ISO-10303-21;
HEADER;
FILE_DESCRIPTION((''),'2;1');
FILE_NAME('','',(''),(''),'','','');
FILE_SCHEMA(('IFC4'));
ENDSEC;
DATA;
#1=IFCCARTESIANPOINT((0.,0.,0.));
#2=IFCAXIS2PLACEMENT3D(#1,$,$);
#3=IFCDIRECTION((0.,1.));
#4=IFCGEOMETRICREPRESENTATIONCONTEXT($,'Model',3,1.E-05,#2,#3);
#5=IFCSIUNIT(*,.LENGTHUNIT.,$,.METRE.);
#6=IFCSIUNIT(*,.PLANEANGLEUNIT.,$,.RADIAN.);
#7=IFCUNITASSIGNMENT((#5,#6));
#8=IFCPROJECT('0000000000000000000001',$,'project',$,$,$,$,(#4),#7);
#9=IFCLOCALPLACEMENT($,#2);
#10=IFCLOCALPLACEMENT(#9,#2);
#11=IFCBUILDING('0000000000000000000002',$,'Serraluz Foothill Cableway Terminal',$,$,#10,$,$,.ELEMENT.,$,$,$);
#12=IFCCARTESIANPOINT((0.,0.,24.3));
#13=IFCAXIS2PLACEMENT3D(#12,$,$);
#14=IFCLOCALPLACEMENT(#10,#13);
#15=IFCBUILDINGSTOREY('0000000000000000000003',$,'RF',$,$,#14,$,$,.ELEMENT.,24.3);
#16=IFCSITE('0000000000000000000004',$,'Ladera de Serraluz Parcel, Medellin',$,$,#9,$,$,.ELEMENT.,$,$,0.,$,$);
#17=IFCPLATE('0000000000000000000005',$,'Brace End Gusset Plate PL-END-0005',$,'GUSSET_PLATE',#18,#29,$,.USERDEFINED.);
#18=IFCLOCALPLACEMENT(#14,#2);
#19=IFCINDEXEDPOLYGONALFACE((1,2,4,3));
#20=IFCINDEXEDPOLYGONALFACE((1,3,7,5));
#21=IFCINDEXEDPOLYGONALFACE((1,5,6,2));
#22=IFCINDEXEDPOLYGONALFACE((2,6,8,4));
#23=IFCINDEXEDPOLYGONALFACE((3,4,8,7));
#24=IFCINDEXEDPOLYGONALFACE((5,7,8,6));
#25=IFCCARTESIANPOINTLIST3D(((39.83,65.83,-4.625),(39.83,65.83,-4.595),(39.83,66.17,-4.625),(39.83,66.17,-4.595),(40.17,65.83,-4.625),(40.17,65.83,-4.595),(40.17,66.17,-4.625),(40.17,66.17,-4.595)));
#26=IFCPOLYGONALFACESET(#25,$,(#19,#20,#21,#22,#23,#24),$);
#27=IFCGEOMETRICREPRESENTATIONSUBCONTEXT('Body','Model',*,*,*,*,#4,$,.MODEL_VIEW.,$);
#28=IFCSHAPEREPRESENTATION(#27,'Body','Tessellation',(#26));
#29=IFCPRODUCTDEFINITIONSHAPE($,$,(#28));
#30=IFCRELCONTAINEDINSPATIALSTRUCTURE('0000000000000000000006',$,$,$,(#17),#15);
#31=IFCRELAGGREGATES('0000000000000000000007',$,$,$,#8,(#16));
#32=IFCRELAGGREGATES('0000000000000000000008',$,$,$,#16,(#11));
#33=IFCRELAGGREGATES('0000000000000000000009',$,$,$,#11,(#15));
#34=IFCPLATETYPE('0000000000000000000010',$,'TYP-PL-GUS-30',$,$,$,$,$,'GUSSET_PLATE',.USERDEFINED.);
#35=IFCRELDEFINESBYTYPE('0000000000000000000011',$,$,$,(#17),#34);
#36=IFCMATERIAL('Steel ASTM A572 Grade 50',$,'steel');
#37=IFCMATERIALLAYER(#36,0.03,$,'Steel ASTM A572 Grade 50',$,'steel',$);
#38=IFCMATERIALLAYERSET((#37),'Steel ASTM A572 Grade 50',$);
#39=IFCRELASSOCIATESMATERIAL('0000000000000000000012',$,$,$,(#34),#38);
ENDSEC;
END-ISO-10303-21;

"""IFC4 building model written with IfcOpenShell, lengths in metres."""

from ifc_helpers import new_model, si_unit, direction, frame, origin, origin_2d, place, context, subcontext, project, spatial, rectangle, extrude, material, layer, layer_set, type_object, element, save


model = new_model("IFC4")

# Units and contexts
model_context = context("Model", 3, precision=1e-05, world=origin(), true_north=direction((0.0, 1.0)))
body_context = subcontext(model_context, "Body", "Model", "MODEL_VIEW")
ifc_project = project(units=[si_unit("LENGTHUNIT", "METRE"), si_unit("PLANEANGLEUNIT", "RADIAN")], contexts=[model_context])

# Site, building, storey
site_placement = place(None, origin())
site = spatial("IfcSite", under=ifc_project, at=site_placement, Name="Ladera de Serraluz Parcel, Medellin", CompositionType="ELEMENT", RefElevation=0.0)
building_placement = place(site_placement, origin())
building = spatial("IfcBuilding", under=site, at=building_placement, Name="Serraluz Foothill Cableway Terminal", CompositionType="ELEMENT")
storey_placement = place(building_placement, frame((0.0, 0.0, 24.3)))
storey = spatial("IfcBuildingStorey", under=building, at=storey_placement, Name="RF", CompositionType="ELEMENT", Elevation=24.3)

# Shared definitions
ifc_material_1 = material(Name="Steel ASTM A572 Grade 50", Category="steel")

# Plate
ifc_layer_1 = layer(ifc_material_1, 0.03, Name="Steel ASTM A572 Grade 50", Category="steel")
ifc_layer_set_1 = layer_set([ifc_layer_1], Name="Steel ASTM A572 Grade 50")
plate_type_1 = type_object("IfcPlateType", Name="TYP-PL-GUS-30", ElementType="GUSSET_PLATE", PredefinedType="USERDEFINED", material=ifc_layer_set_1)
plate_placement = place(storey_placement, frame((40.0, 66.0, -4.625), z_axis=(0.0, 0.0, 1.0), x_axis=(1.0, 0.0, 0.0)))
element("IfcPlate", 1, at=plate_placement, inside=storey, type_object=plate_type_1, Name="Brace End Gusset Plate PL-END-0005", ObjectType="GUSSET_PLATE", PredefinedType="USERDEFINED", context=body_context, shape_type="SweptSolid", body=[
    extrude(rectangle(XDim=0.3401, YDim=0.3401, at=origin_2d()), origin(), (0.0, 0.0, 1.0), 0.03),
])

save(model, "model.ifc")
